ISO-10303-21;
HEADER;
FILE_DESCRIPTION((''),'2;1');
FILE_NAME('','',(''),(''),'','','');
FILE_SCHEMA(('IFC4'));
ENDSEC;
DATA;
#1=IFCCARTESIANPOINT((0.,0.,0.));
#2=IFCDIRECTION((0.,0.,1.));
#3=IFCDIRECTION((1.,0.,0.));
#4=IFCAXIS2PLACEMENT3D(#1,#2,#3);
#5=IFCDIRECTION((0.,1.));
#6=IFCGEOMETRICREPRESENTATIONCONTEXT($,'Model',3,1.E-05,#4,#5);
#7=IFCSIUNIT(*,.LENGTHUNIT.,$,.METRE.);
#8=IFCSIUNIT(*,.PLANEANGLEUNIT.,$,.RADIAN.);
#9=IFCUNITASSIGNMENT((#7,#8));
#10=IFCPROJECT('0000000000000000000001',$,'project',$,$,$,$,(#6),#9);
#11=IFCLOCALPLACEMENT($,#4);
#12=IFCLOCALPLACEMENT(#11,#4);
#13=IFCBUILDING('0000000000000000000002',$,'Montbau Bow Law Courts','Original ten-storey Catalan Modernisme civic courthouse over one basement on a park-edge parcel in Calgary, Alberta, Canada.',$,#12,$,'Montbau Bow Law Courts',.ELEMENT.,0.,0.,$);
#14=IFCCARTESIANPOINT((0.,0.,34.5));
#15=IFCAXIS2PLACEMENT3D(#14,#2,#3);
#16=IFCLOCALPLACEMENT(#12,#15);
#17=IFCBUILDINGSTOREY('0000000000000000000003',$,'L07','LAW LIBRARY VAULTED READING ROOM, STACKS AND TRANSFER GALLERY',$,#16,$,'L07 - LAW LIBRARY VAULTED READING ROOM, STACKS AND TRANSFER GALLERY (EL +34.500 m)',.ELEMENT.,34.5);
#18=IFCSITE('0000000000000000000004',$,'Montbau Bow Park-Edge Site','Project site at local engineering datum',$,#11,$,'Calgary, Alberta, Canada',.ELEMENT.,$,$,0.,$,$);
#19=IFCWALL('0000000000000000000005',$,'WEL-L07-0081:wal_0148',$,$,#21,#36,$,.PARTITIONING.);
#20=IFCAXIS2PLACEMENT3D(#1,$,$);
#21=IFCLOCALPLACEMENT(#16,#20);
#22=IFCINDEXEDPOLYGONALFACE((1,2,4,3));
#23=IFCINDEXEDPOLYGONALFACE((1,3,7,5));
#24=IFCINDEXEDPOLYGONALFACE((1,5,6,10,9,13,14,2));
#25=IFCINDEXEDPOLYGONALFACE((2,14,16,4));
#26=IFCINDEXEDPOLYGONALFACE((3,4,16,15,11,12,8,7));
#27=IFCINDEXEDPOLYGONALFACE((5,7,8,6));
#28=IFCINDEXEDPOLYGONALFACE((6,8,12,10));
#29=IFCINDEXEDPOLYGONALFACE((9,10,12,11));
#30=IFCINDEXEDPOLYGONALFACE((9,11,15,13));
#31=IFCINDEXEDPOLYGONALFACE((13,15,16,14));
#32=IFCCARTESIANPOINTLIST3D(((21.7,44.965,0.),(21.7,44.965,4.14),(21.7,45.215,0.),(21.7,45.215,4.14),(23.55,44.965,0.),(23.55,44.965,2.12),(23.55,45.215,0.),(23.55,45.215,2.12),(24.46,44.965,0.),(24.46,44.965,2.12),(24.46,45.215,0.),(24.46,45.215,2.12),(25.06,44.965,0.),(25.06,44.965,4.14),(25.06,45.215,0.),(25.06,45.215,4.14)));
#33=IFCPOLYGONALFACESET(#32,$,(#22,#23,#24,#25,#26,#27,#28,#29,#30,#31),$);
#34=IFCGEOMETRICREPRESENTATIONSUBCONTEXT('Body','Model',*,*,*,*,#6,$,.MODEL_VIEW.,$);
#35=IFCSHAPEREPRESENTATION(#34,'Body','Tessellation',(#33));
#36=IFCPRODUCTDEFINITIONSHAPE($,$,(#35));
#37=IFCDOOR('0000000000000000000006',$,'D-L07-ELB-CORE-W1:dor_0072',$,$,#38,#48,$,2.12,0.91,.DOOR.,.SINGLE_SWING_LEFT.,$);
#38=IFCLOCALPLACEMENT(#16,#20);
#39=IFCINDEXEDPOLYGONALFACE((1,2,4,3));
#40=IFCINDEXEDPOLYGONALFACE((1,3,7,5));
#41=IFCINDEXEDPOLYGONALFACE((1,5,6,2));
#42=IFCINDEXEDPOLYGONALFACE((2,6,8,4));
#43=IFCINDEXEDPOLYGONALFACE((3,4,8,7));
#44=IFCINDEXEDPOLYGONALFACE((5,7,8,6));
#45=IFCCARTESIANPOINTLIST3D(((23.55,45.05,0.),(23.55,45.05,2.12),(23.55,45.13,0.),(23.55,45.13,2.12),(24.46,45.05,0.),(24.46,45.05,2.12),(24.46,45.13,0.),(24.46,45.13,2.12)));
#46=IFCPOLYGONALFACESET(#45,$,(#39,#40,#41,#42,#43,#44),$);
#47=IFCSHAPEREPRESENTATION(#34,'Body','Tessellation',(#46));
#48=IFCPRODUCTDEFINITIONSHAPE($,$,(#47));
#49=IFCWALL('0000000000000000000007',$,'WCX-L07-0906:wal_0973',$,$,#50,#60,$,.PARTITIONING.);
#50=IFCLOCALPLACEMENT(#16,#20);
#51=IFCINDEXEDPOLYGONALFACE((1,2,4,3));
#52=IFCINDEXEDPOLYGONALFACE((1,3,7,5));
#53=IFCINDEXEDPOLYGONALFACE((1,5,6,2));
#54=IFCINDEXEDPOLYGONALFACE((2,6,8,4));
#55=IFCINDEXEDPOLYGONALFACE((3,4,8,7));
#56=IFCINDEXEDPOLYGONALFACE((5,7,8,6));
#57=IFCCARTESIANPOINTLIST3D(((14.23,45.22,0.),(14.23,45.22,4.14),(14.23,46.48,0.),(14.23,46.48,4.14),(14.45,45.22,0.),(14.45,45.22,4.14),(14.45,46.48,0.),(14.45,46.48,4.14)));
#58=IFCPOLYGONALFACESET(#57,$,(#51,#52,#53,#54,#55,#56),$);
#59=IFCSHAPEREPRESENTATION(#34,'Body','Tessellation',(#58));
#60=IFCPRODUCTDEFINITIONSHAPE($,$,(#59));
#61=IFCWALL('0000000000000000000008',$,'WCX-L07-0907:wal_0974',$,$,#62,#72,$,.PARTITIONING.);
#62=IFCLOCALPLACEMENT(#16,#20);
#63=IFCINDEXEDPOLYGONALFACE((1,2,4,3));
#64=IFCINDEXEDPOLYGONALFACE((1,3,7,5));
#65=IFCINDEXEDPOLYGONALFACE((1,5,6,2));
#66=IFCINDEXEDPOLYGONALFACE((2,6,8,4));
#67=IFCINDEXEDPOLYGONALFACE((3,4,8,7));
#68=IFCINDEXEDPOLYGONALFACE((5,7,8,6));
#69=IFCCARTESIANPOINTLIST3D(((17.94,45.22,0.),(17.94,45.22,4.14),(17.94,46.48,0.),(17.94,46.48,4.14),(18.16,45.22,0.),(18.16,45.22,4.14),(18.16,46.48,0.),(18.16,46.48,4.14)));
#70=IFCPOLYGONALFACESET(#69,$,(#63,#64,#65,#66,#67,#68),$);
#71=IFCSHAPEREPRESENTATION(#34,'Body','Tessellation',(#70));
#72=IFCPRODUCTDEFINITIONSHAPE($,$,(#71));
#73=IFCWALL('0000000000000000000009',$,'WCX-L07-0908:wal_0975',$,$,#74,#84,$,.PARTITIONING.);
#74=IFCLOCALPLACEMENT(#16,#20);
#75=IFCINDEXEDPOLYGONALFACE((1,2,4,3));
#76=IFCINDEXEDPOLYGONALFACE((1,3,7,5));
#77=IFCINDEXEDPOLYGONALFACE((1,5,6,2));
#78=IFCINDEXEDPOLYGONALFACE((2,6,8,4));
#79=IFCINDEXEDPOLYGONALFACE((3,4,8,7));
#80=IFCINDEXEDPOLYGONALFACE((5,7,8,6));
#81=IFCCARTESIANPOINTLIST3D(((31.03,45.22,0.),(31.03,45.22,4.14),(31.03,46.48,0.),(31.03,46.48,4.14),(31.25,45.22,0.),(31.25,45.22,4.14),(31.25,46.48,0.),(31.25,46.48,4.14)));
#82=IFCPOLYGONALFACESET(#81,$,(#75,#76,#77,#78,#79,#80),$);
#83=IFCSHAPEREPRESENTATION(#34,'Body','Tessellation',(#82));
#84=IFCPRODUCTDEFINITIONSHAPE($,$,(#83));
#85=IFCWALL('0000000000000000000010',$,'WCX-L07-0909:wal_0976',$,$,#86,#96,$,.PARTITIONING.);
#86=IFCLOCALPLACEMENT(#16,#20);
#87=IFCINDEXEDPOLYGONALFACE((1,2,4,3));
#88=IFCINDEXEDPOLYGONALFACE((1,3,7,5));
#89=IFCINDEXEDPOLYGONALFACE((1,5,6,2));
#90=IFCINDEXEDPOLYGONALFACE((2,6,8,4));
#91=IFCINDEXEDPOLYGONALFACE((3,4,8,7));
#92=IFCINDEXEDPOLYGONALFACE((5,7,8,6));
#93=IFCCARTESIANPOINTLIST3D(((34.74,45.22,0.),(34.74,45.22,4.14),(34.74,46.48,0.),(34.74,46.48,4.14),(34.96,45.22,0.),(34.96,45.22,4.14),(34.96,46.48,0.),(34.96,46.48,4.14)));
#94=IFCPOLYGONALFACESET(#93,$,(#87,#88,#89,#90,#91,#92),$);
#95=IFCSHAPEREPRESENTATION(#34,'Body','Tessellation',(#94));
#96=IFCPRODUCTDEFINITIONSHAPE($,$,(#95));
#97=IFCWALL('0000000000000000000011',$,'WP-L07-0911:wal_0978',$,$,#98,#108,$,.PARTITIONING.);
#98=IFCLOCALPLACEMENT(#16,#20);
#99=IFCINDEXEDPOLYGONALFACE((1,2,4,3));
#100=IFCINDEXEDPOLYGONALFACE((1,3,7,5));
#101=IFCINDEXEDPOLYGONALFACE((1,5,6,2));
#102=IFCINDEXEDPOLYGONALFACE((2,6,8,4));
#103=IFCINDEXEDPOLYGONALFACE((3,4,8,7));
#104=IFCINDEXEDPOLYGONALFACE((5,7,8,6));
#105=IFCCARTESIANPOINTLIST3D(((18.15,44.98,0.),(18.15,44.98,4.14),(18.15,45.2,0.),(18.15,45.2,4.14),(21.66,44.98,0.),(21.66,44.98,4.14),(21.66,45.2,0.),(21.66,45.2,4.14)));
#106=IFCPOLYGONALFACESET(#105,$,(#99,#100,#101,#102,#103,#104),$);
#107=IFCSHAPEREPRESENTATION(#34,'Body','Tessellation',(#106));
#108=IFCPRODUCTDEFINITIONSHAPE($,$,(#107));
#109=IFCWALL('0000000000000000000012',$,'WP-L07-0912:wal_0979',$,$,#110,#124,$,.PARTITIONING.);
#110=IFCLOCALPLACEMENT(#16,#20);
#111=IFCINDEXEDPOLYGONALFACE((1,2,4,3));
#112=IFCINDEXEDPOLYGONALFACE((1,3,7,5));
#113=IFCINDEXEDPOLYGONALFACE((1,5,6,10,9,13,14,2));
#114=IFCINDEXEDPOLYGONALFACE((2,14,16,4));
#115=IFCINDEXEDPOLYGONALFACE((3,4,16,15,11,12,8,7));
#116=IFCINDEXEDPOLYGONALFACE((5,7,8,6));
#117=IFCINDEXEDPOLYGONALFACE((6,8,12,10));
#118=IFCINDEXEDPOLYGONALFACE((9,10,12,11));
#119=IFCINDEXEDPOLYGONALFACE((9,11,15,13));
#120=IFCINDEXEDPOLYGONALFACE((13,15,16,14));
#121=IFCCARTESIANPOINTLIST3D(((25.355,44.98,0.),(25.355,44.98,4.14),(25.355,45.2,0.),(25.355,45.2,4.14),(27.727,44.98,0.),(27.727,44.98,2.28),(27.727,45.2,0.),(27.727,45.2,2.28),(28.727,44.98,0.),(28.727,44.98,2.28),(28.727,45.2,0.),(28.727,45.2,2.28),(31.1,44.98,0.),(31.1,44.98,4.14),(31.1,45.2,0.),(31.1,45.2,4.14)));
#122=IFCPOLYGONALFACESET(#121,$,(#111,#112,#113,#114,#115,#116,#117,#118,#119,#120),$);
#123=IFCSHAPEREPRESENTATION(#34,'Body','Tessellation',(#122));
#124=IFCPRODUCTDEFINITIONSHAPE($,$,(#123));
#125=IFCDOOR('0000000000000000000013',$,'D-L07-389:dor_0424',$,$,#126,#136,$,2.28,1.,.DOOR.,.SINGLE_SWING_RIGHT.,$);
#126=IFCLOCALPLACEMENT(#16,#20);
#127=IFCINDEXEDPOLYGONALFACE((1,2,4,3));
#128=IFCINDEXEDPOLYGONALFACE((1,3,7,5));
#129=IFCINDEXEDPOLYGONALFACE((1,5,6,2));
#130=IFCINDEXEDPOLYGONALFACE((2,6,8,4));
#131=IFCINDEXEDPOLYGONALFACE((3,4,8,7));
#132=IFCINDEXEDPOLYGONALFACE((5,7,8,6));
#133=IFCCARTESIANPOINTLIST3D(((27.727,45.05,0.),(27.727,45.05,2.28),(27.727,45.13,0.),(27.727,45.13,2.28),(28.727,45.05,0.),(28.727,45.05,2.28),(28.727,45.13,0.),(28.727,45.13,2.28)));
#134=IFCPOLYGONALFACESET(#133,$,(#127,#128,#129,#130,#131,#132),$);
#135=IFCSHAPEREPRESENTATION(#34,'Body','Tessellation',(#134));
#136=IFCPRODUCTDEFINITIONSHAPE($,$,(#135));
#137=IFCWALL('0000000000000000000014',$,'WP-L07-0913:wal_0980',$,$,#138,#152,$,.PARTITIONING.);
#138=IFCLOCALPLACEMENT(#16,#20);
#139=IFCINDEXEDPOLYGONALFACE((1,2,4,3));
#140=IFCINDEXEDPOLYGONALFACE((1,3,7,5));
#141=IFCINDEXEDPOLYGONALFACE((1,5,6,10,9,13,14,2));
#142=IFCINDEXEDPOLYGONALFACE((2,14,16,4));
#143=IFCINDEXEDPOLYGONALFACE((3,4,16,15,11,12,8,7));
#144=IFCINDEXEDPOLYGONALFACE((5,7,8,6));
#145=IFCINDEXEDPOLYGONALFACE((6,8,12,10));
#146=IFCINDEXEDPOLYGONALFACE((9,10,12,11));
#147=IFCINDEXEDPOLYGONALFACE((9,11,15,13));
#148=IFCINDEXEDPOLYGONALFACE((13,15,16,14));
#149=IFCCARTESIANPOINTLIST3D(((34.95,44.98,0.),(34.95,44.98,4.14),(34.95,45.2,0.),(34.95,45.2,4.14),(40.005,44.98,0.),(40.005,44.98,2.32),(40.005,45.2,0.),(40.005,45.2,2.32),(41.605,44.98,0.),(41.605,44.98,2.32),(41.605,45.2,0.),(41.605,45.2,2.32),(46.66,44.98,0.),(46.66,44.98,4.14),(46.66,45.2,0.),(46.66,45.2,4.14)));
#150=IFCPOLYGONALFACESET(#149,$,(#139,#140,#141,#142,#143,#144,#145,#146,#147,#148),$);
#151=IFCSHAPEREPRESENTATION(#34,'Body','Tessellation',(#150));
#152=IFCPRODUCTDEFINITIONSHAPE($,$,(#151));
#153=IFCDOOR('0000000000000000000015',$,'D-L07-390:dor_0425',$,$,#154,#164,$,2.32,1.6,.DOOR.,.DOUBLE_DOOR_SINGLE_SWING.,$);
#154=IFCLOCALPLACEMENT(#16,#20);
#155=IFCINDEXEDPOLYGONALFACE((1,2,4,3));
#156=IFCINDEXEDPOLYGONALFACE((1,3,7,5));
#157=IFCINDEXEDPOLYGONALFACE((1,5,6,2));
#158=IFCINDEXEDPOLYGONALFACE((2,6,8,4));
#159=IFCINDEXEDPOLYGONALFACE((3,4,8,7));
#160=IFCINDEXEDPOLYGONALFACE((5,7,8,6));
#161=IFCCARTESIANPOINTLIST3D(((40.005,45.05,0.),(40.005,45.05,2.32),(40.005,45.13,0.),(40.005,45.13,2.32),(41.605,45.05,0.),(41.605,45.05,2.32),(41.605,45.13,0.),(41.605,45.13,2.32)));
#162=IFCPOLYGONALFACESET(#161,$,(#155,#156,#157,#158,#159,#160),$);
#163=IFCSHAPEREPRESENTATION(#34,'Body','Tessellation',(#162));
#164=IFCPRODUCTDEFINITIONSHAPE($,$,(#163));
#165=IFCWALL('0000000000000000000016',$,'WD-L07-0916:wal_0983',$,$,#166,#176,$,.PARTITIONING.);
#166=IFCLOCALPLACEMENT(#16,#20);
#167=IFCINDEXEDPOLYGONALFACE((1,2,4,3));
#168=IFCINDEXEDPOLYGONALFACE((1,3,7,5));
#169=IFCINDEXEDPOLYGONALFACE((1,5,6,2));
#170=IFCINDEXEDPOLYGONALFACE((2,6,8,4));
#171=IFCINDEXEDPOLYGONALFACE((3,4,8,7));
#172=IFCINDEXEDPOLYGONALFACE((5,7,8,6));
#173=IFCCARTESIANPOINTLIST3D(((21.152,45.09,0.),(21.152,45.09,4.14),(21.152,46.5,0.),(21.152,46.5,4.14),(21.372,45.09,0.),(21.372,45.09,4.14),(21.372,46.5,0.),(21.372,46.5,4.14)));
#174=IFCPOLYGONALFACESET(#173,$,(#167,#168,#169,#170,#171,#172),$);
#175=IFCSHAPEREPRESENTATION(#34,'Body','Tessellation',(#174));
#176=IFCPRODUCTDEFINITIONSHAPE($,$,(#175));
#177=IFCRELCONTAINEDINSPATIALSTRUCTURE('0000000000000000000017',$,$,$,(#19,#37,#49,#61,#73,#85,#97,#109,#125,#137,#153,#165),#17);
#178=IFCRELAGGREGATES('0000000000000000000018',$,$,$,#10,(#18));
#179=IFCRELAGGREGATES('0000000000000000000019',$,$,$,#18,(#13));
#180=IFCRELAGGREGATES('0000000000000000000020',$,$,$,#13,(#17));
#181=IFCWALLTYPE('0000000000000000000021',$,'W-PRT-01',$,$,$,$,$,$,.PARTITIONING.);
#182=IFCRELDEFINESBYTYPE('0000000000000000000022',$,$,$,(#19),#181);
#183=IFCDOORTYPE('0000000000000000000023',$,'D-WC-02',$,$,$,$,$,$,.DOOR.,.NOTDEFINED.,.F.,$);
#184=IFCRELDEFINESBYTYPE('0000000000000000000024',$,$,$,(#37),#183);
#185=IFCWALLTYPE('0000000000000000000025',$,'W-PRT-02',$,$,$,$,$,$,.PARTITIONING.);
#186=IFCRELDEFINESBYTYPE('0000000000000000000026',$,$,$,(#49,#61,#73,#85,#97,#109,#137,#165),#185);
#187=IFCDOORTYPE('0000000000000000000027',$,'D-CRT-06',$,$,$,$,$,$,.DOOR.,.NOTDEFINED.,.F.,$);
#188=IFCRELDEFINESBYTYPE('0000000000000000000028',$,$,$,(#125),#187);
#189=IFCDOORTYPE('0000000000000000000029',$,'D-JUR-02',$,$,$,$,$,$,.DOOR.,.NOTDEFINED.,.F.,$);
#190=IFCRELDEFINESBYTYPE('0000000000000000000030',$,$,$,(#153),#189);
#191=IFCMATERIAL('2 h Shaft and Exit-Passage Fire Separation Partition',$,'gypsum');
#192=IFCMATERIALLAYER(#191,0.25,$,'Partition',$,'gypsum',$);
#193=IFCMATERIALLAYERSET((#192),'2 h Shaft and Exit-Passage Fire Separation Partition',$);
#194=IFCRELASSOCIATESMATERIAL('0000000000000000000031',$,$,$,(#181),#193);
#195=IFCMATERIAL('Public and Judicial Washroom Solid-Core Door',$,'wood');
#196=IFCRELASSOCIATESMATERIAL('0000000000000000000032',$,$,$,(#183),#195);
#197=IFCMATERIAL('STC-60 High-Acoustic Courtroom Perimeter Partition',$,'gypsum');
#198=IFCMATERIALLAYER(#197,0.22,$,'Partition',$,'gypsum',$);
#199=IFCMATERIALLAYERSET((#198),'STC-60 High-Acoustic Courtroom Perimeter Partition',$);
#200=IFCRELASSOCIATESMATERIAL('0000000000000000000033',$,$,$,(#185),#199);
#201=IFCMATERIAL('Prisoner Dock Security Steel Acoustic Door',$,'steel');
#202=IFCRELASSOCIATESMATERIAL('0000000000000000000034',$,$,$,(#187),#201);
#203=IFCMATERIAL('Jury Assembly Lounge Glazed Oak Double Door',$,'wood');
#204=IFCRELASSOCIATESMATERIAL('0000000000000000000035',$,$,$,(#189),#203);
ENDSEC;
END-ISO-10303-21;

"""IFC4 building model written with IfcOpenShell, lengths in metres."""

from ifc_helpers import new_model, si_unit, direction, frame, frame_2d, origin_with_axes, place, context, subcontext, project, spatial, rectangle, extrude, material, layer, layer_set, type_object, element, fill, save


model = new_model("IFC4")

# Units and contexts
model_context = context("Model", 3, precision=1e-05, world=origin_with_axes(), true_north=direction((0.0, 1.0)))
body_context = subcontext(model_context, "Body", "Model", "MODEL_VIEW")
ifc_project = project(units=[si_unit("LENGTHUNIT", "METRE"), si_unit("PLANEANGLEUNIT", "RADIAN")], contexts=[model_context])

# Site, building, storey
site_placement = place(None, origin_with_axes())
site = spatial("IfcSite", under=ifc_project, at=site_placement, Name="Montbau Bow Park-Edge Site", Description="Project site at local engineering datum", LongName="Calgary, Alberta, Canada", CompositionType="ELEMENT", RefElevation=0.0)
building_placement = place(site_placement, origin_with_axes())
building = spatial("IfcBuilding", under=site, at=building_placement, Name="Montbau Bow Law Courts", Description="Original ten-storey Catalan Modernisme civic courthouse over one basement on a park-edge parcel in Calgary, Alberta, Canada.", LongName="Montbau Bow Law Courts", CompositionType="ELEMENT", ElevationOfRefHeight=0.0, ElevationOfTerrain=0.0)
storey_placement = place(building_placement, frame((0.0, 0.0, 34.5), z_axis=(0.0, 0.0, 1.0), x_axis=(1.0, 0.0, 0.0)))
storey = spatial("IfcBuildingStorey", under=building, at=storey_placement, Name="L07", Description="LAW LIBRARY VAULTED READING ROOM, STACKS AND TRANSFER GALLERY", LongName="L07 - LAW LIBRARY VAULTED READING ROOM, STACKS AND TRANSFER GALLERY (EL +34.500 m)", CompositionType="ELEMENT", Elevation=34.5)

# Shared definitions
ifc_material_1 = material(Name="2 h Shaft and Exit-Passage Fire Separation Partition", Category="gypsum")
ifc_layer_1 = layer(ifc_material_1, 0.25, Name="Partition", Category="gypsum")
ifc_layer_set_1 = layer_set([ifc_layer_1], Name="2 h Shaft and Exit-Passage Fire Separation Partition")
wall_type_1 = type_object("IfcWallType", Name="W-PRT-01", PredefinedType="PARTITIONING", material=ifc_layer_set_1)

# Wall, opening, door
wall_1_placement = place(None, frame((21.7, 45.09, 34.5), z_axis=(0.0, 0.0, 1.0), x_axis=(1.0, 0.0, 0.0)))
wall_1 = element("IfcWall", 1, at=wall_1_placement, inside=storey, type_object=wall_type_1, Name="WEL-L07-0081:wal_0148", PredefinedType="PARTITIONING", context=body_context, shape_type="SweptSolid", body=[
    extrude(rectangle(XDim=3.36, YDim=0.25, at=frame_2d((1.68, 0.0), x_axis=(1.0, 0.0))), origin_with_axes(), (0.0, 0.0, 1.0), 4.14),
])
opening_1_placement = place(None, frame((24.005, 45.09, 34.5), z_axis=(0.0, 0.0, 1.0), x_axis=(1.0, 0.0, 0.0)))
opening_1 = element("IfcOpeningElement", 2, at=opening_1_placement, cuts=wall_1, PredefinedType="OPENING", context=body_context, shape_type="SweptSolid", body=[
    extrude(rectangle(XDim=0.91, YDim=2.12, at=frame_2d((0.0, 1.06), x_axis=(1.0, 0.0))), frame((0.0, 0.135, 0.0), z_axis=(0.0, -1.0, 0.0), x_axis=(1.0, 0.0, 0.0)), (0.0, 0.0, 1.0), 0.27),
])
ifc_material_2 = material(Name="Public and Judicial Washroom Solid-Core Door", Category="wood")
door_type_1 = type_object("IfcDoorType", Name="D-WC-02", OperationType="NOTDEFINED", ParameterTakesPrecedence=False, PredefinedType="DOOR", material=ifc_material_2)
door_1_placement = place(None, frame((24.005, 45.09, 34.5), z_axis=(0.0, 0.0, 1.0), x_axis=(1.0, 0.0, 0.0)))
door_1 = element("IfcDoor", 3, at=door_1_placement, inside=storey, type_object=door_type_1, Name="D-L07-ELB-CORE-W1:dor_0072", OperationType="SINGLE_SWING_LEFT", OverallHeight=2.12, OverallWidth=0.91, PredefinedType="DOOR", context=body_context, shape_type="SweptSolid", body=[
    extrude(rectangle(XDim=0.91, YDim=2.12, at=frame_2d((0.0, 1.06), x_axis=(1.0, 0.0))), frame((0.0, 0.04, 0.0), z_axis=(0.0, -1.0, 0.0), x_axis=(1.0, 0.0, 0.0)), (0.0, 0.0, 1.0), 0.08),
])
fill(opening_1, door_1)

# Walls
ifc_material_3 = material(Name="STC-60 High-Acoustic Courtroom Perimeter Partition", Category="gypsum")
ifc_layer_2 = layer(ifc_material_3, 0.22, Name="Partition", Category="gypsum")
ifc_layer_set_2 = layer_set([ifc_layer_2], Name="STC-60 High-Acoustic Courtroom Perimeter Partition")
wall_type_2 = type_object("IfcWallType", Name="W-PRT-02", PredefinedType="PARTITIONING", material=ifc_layer_set_2)
for number, where, z_axis, x_axis, name in (
    (4, (14.34, 45.22, 34.5), (0.0, 0.0, 1.0), (0.0, 1.0, 0.0), "WCX-L07-0906:wal_0973"),
    (5, (18.05, 45.22, 34.5), (0.0, 0.0, 1.0), (0.0, 1.0, 0.0), "WCX-L07-0907:wal_0974"),
    (6, (31.14, 45.22, 34.5), (0.0, 0.0, 1.0), (0.0, 1.0, 0.0), "WCX-L07-0908:wal_0975"),
    (7, (34.85, 45.22, 34.5), (0.0, 0.0, 1.0), (0.0, 1.0, 0.0), "WCX-L07-0909:wal_0976"),
):
    element("IfcWall", number, at=place(None, frame(where, z_axis=z_axis, x_axis=x_axis)), inside=storey, type_object=wall_type_2, Name=name, PredefinedType="PARTITIONING", context=body_context, shape_type="SweptSolid", body=[
        extrude(rectangle(XDim=1.26, YDim=0.22, at=frame_2d((0.63, 0.0), x_axis=(1.0, 0.0))), origin_with_axes(), (0.0, 0.0, 1.0), 4.14),
    ])
wall_2_placement = place(None, frame((18.15, 45.09, 34.5), z_axis=(0.0, 0.0, 1.0), x_axis=(1.0, 0.0, 0.0)))
element("IfcWall", 8, at=wall_2_placement, inside=storey, type_object=wall_type_2, Name="WP-L07-0911:wal_0978", PredefinedType="PARTITIONING", context=body_context, shape_type="SweptSolid", body=[
    extrude(rectangle(XDim=3.51, YDim=0.22, at=frame_2d((1.755, 0.0), x_axis=(1.0, 0.0))), origin_with_axes(), (0.0, 0.0, 1.0), 4.14),
])

# Walls, openings, doors
wall_3_placement = place(None, frame((25.355, 45.09, 34.5), z_axis=(0.0, 0.0, 1.0), x_axis=(1.0, 0.0, 0.0)))
wall_3 = element("IfcWall", 9, at=wall_3_placement, inside=storey, type_object=wall_type_2, Name="WP-L07-0912:wal_0979", PredefinedType="PARTITIONING", context=body_context, shape_type="SweptSolid", body=[
    extrude(rectangle(XDim=5.745, YDim=0.22, at=frame_2d((2.8725, 0.0), x_axis=(1.0, 0.0))), origin_with_axes(), (0.0, 0.0, 1.0), 4.14),
])
opening_2_placement = place(None, frame((28.227, 45.09, 34.5), z_axis=(0.0, 0.0, 1.0), x_axis=(1.0, 0.0, 0.0)))
opening_2 = element("IfcOpeningElement", 10, at=opening_2_placement, cuts=wall_3, PredefinedType="OPENING", context=body_context, shape_type="SweptSolid", body=[
    extrude(rectangle(XDim=1.0, YDim=2.28, at=frame_2d((0.0, 1.14), x_axis=(1.0, 0.0))), frame((0.0, 0.12, 0.0), z_axis=(0.0, -1.0, 0.0), x_axis=(1.0, 0.0, 0.0)), (0.0, 0.0, 1.0), 0.24),
])
ifc_material_4 = material(Name="Prisoner Dock Security Steel Acoustic Door", Category="steel")
door_type_2 = type_object("IfcDoorType", Name="D-CRT-06", OperationType="NOTDEFINED", ParameterTakesPrecedence=False, PredefinedType="DOOR", material=ifc_material_4)
door_2_placement = place(None, frame((28.227, 45.09, 34.5), z_axis=(0.0, 0.0, 1.0), x_axis=(-1.0, 0.0, 0.0)))
door_2 = element("IfcDoor", 11, at=door_2_placement, inside=storey, type_object=door_type_2, Name="D-L07-389:dor_0424", OperationType="SINGLE_SWING_RIGHT", OverallHeight=2.28, OverallWidth=1.0, PredefinedType="DOOR", context=body_context, shape_type="SweptSolid", body=[
    extrude(rectangle(XDim=1.0, YDim=2.28, at=frame_2d((0.0, 1.14), x_axis=(1.0, 0.0))), frame((0.0, 0.04, 0.0), z_axis=(0.0, -1.0, 0.0), x_axis=(1.0, 0.0, 0.0)), (0.0, 0.0, 1.0), 0.08),
])
fill(opening_2, door_2)
wall_4_placement = place(None, frame((34.95, 45.09, 34.5), z_axis=(0.0, 0.0, 1.0), x_axis=(1.0, 0.0, 0.0)))
wall_4 = element("IfcWall", 12, at=wall_4_placement, inside=storey, type_object=wall_type_2, Name="WP-L07-0913:wal_0980", PredefinedType="PARTITIONING", context=body_context, shape_type="SweptSolid", body=[
    extrude(rectangle(XDim=11.71, YDim=0.22, at=frame_2d((5.855, 0.0), x_axis=(1.0, 0.0))), origin_with_axes(), (0.0, 0.0, 1.0), 4.14),
])
opening_3_placement = place(None, frame((40.805, 45.09, 34.5), z_axis=(0.0, 0.0, 1.0), x_axis=(1.0, 0.0, 0.0)))
opening_3 = element("IfcOpeningElement", 13, at=opening_3_placement, cuts=wall_4, PredefinedType="OPENING", context=body_context, shape_type="SweptSolid", body=[
    extrude(rectangle(XDim=1.6, YDim=2.32, at=frame_2d((0.0, 1.16), x_axis=(1.0, 0.0))), frame((0.0, 0.12, 0.0), z_axis=(0.0, -1.0, 0.0), x_axis=(1.0, 0.0, 0.0)), (0.0, 0.0, 1.0), 0.24),
])
ifc_material_5 = material(Name="Jury Assembly Lounge Glazed Oak Double Door", Category="wood")
door_type_3 = type_object("IfcDoorType", Name="D-JUR-02", OperationType="NOTDEFINED", ParameterTakesPrecedence=False, PredefinedType="DOOR", material=ifc_material_5)
door_3_placement = place(None, frame((40.805, 45.09, 34.5), z_axis=(0.0, 0.0, 1.0), x_axis=(-1.0, 0.0, 0.0)))
door_3 = element("IfcDoor", 14, at=door_3_placement, inside=storey, type_object=door_type_3, Name="D-L07-390:dor_0425", OperationType="DOUBLE_DOOR_SINGLE_SWING", OverallHeight=2.32, OverallWidth=1.6, PredefinedType="DOOR", context=body_context, shape_type="SweptSolid", body=[
    extrude(rectangle(XDim=1.6, YDim=2.32, at=frame_2d((0.0, 1.16), x_axis=(1.0, 0.0))), frame((0.0, 0.04, 0.0), z_axis=(0.0, -1.0, 0.0), x_axis=(1.0, 0.0, 0.0)), (0.0, 0.0, 1.0), 0.08),
])
fill(opening_3, door_3)

# Wall
wall_5_placement = place(None, frame((21.262, 45.09, 34.5), z_axis=(0.0, 0.0, 1.0), x_axis=(0.0, 1.0, 0.0)))
element("IfcWall", 15, at=wall_5_placement, inside=storey, type_object=wall_type_2, Name="WD-L07-0916:wal_0983", PredefinedType="PARTITIONING", context=body_context, shape_type="SweptSolid", body=[
    extrude(rectangle(XDim=1.41, YDim=0.22, at=frame_2d((0.705, 0.0), x_axis=(1.0, 0.0))), origin_with_axes(), (0.0, 0.0, 1.0), 4.14),
])

save(model, "model.ifc")
